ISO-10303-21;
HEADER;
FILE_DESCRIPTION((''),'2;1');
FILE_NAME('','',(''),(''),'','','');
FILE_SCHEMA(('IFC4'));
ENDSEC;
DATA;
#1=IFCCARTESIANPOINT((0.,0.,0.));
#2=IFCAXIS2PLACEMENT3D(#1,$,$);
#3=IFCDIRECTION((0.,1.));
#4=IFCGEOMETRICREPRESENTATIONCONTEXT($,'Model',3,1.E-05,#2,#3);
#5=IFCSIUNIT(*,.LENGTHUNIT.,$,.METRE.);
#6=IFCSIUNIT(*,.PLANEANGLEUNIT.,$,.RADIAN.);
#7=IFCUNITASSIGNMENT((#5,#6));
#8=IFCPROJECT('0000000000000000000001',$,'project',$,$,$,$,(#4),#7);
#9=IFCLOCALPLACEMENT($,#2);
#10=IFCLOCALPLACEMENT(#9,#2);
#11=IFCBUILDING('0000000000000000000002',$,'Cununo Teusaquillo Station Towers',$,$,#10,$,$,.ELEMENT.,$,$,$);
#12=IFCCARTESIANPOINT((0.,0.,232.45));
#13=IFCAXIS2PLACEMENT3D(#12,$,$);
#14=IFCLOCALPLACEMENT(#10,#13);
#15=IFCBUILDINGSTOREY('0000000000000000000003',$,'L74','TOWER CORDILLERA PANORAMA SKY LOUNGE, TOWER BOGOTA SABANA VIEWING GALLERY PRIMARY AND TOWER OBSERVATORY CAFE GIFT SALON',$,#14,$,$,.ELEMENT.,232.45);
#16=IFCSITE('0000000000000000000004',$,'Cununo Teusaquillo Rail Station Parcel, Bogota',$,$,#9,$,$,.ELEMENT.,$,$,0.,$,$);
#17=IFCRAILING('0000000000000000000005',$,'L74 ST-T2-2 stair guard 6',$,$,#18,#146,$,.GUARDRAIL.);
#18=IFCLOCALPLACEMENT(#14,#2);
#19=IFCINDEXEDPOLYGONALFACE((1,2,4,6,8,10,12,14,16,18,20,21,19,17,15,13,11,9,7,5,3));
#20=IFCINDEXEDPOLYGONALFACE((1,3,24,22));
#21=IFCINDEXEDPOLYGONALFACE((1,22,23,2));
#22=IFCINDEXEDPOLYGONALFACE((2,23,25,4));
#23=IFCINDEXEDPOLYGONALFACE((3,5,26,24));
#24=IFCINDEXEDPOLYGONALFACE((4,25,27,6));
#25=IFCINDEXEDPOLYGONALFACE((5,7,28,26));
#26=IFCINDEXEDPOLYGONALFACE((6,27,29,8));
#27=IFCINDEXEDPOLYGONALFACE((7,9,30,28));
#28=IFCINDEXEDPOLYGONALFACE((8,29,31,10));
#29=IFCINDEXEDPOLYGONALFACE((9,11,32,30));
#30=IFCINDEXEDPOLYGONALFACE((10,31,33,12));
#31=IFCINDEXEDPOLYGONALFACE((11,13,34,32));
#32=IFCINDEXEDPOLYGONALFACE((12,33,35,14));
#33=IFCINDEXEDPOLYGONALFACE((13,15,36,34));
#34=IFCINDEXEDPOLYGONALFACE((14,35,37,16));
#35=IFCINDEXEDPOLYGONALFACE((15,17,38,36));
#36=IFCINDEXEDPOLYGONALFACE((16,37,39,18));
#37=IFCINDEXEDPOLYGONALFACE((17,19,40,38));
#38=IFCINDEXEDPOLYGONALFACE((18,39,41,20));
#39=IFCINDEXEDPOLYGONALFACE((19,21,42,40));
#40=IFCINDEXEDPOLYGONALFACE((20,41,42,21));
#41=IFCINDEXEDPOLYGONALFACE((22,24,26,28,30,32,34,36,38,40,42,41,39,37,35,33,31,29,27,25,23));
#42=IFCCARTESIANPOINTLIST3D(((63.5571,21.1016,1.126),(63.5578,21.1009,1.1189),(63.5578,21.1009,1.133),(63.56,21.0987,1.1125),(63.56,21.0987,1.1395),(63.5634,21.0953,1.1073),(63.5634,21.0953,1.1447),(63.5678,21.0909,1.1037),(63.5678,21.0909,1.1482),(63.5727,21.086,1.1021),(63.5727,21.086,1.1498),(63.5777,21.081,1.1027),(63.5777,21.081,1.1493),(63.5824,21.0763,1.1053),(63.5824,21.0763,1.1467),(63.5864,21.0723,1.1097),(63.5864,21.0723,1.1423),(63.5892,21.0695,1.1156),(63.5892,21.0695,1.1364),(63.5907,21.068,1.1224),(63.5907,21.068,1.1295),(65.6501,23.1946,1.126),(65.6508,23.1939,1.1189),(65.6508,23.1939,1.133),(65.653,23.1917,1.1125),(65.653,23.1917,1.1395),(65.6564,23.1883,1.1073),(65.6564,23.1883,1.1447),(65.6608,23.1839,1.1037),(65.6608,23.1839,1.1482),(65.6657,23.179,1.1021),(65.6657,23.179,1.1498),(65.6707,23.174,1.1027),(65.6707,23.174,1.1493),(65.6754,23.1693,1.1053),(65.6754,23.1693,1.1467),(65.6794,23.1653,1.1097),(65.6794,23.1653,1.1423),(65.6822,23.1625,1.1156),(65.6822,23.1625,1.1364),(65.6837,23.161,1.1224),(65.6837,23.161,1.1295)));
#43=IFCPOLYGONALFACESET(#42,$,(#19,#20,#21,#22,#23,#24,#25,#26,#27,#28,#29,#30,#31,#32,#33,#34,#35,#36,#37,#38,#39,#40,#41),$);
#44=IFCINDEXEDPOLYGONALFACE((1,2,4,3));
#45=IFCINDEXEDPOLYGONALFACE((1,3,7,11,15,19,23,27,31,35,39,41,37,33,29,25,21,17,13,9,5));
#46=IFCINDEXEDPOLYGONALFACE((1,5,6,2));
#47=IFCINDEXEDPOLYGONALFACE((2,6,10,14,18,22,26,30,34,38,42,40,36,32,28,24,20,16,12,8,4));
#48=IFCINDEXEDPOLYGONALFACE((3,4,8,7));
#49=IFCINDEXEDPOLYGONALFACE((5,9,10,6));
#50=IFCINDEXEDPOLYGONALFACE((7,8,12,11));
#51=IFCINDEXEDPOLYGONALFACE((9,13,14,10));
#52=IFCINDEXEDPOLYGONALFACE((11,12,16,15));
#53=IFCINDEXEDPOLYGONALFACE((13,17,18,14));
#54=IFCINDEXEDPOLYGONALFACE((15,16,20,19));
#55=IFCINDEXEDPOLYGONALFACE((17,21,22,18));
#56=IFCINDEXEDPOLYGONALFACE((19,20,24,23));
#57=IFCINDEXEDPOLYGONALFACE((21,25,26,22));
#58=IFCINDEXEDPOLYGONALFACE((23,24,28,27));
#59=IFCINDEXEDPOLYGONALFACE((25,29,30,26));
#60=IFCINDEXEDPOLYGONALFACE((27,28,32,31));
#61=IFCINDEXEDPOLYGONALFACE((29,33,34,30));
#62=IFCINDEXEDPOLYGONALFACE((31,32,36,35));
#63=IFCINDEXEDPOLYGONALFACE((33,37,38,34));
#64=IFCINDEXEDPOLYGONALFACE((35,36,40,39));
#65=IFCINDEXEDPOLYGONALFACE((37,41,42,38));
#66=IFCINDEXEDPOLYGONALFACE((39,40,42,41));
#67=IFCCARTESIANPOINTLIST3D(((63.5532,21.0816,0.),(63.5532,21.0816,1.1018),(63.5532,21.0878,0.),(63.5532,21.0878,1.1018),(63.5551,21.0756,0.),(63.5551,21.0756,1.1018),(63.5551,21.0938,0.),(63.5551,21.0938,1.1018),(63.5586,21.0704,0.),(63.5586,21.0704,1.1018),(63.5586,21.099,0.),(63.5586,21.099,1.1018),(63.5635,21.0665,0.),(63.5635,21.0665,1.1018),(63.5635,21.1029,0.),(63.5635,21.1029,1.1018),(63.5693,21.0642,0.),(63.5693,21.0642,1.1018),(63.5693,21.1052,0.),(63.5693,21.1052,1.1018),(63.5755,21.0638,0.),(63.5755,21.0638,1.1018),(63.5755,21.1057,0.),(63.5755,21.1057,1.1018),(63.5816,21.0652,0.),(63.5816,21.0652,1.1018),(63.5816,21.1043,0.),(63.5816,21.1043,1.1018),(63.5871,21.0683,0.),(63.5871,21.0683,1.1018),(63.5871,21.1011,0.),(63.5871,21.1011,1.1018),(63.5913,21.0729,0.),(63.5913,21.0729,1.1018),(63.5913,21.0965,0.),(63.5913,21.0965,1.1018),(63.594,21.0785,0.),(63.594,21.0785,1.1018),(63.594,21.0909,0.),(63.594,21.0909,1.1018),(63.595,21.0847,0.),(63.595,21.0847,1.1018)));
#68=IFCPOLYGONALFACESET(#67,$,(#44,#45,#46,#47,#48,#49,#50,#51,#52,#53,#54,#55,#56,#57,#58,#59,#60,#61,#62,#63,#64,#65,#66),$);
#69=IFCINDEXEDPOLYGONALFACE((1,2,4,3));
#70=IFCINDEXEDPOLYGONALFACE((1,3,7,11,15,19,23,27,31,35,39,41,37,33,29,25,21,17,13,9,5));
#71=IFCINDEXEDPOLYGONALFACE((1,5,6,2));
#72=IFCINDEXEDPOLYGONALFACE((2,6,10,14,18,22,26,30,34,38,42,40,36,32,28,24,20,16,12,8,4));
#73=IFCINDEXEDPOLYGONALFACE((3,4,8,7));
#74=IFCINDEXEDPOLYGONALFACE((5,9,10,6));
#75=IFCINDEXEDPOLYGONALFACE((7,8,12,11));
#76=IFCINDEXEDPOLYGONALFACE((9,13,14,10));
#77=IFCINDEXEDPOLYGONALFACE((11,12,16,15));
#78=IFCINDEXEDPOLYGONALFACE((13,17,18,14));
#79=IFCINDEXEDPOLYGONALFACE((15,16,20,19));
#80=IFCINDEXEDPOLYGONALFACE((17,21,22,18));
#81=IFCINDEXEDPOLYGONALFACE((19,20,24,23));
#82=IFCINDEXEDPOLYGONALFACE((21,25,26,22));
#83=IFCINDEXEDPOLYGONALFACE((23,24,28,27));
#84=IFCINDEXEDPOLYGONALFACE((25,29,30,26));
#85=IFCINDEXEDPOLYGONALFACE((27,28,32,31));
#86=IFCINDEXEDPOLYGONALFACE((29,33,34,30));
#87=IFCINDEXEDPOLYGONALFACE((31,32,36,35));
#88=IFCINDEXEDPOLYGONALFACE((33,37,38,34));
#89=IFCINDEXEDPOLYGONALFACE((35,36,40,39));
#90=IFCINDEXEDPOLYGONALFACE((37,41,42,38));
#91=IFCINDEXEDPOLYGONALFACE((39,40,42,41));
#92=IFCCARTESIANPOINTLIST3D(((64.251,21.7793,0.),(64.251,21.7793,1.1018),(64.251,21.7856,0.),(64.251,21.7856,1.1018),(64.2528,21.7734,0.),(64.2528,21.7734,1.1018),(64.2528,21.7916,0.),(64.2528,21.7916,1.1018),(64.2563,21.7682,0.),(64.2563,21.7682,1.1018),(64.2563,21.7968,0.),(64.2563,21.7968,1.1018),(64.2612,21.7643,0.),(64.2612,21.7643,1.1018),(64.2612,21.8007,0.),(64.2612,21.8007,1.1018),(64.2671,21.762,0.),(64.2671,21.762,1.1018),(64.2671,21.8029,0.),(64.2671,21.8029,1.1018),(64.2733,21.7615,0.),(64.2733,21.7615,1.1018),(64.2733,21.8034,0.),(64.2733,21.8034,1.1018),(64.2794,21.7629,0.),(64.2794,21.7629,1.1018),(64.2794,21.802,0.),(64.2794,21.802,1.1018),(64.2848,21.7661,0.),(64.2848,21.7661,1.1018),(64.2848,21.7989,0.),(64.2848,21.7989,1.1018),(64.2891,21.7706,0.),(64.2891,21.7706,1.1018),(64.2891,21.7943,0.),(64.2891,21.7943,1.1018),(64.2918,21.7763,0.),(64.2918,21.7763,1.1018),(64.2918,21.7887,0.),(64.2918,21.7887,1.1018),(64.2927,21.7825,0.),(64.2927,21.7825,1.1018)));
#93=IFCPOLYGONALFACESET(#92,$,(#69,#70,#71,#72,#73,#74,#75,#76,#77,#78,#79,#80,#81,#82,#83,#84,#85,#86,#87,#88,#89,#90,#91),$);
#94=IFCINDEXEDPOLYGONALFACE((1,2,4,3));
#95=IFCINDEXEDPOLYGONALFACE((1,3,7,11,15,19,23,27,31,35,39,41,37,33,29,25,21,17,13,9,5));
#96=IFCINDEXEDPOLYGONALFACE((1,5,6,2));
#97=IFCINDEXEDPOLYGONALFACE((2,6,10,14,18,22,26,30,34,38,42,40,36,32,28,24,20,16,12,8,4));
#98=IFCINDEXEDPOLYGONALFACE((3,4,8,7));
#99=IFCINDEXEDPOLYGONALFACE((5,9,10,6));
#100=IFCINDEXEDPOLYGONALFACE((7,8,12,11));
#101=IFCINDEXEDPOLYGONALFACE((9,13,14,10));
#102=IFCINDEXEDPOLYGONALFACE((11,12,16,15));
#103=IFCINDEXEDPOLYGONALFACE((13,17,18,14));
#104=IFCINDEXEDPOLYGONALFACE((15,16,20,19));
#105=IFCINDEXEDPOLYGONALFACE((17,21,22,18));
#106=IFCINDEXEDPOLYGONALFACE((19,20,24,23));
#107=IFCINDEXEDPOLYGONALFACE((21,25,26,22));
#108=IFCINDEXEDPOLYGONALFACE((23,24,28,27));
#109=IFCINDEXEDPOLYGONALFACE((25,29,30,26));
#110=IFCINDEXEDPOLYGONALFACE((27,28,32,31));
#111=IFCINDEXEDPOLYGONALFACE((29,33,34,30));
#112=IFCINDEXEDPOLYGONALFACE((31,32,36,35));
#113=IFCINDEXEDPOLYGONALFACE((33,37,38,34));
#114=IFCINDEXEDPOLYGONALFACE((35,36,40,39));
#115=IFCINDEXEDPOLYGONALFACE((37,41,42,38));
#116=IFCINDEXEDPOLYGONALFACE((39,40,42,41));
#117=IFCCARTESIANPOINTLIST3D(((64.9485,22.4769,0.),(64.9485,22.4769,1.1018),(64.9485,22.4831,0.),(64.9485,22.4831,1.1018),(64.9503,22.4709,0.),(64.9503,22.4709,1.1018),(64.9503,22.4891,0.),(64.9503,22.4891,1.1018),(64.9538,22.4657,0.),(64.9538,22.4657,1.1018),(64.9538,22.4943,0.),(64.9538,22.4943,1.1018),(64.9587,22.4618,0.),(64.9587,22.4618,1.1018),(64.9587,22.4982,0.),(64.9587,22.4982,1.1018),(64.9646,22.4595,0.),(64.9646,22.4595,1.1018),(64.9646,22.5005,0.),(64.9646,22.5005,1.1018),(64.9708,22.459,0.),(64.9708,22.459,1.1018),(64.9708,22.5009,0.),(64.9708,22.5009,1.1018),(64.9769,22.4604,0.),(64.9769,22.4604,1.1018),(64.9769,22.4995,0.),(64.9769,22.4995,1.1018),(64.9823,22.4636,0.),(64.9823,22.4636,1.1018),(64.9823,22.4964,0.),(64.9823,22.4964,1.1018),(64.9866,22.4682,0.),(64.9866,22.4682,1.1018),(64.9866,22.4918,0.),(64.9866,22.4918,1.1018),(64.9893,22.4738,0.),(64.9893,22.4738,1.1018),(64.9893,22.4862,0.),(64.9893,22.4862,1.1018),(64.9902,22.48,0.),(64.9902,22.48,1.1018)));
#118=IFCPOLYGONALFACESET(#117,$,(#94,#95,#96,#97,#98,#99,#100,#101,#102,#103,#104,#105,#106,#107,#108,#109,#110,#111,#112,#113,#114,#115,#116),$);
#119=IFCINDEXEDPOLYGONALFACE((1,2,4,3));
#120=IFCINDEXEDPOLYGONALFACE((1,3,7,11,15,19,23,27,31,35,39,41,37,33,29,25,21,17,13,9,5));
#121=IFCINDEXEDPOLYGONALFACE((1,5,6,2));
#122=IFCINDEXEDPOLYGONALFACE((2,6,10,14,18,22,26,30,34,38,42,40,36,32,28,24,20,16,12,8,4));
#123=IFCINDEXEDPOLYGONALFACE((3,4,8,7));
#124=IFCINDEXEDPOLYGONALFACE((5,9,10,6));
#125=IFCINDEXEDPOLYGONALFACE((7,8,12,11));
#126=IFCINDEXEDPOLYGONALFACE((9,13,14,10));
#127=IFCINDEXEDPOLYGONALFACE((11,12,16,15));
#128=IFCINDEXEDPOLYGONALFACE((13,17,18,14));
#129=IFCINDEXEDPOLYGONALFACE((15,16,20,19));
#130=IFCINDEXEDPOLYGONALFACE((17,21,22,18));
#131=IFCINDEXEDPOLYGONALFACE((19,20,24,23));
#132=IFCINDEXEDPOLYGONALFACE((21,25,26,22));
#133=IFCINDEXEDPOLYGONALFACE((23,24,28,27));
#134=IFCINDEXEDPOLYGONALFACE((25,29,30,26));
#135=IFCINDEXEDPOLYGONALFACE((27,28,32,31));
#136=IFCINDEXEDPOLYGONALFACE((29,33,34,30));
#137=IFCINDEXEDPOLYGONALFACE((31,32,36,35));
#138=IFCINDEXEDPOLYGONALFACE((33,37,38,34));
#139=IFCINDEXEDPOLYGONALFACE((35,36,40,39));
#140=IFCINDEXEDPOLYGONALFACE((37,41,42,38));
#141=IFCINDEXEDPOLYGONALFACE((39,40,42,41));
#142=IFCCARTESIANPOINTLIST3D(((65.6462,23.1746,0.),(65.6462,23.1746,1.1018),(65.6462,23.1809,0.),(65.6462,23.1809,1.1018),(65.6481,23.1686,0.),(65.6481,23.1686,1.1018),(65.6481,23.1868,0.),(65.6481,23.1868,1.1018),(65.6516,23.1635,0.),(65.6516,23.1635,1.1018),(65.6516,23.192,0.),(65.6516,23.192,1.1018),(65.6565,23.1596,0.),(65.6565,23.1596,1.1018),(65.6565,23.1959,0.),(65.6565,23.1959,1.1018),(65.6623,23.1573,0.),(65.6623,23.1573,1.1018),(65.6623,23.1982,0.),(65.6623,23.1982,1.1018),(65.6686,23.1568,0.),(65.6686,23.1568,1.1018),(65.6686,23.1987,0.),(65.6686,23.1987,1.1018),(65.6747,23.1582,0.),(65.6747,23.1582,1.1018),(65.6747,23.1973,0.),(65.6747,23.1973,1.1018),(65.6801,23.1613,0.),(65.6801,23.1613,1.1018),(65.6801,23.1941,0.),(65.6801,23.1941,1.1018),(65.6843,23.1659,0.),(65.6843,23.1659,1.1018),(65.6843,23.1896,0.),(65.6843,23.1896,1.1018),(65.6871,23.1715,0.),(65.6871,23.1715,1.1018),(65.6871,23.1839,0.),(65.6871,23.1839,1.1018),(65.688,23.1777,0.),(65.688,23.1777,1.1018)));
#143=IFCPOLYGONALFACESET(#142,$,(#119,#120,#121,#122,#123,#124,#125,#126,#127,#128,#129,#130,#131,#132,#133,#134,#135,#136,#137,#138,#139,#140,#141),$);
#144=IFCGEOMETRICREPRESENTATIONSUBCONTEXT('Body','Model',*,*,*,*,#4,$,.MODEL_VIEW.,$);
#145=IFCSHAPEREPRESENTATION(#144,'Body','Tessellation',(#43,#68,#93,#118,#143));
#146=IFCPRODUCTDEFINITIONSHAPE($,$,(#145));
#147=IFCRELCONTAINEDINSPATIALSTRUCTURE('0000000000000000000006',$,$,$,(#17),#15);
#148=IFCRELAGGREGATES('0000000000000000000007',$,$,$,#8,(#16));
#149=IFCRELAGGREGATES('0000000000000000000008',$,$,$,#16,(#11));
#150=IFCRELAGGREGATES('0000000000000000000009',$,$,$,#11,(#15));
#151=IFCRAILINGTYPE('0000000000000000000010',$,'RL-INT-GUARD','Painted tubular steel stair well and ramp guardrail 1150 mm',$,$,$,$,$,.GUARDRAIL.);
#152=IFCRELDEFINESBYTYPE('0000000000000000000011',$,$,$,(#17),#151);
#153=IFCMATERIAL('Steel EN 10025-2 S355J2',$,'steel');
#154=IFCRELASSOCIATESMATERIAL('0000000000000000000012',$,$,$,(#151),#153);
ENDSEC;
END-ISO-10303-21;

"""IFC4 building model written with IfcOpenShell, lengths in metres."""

from ifc_helpers import new_model, si_unit, direction, frame, origin, origin_2d, place, context, subcontext, project, spatial, circle, extrude, material, type_object, element, save


model = new_model("IFC4")

# Units and contexts
model_context = context("Model", 3, precision=1e-05, world=origin(), true_north=direction((0.0, 1.0)))
body_context = subcontext(model_context, "Body", "Model", "MODEL_VIEW")
ifc_project = project(units=[si_unit("LENGTHUNIT", "METRE"), si_unit("PLANEANGLEUNIT", "RADIAN")], contexts=[model_context])

# Site, building, storey
site_placement = place(None, origin())
site = spatial("IfcSite", under=ifc_project, at=site_placement, Name="Cununo Teusaquillo Rail Station Parcel, Bogota", CompositionType="ELEMENT", RefElevation=0.0)
building_placement = place(site_placement, origin())
building = spatial("IfcBuilding", under=site, at=building_placement, Name="Cununo Teusaquillo Station Towers", CompositionType="ELEMENT")
storey_placement = place(building_placement, frame((0.0, 0.0, 232.45)))
storey = spatial("IfcBuildingStorey", under=building, at=storey_placement, Name="L74", Description="TOWER CORDILLERA PANORAMA SKY LOUNGE, TOWER BOGOTA SABANA VIEWING GALLERY PRIMARY AND TOWER OBSERVATORY CAFE GIFT SALON", CompositionType="ELEMENT", Elevation=232.45)

# Railing
ifc_material_1 = material(Name="Steel EN 10025-2 S355J2", Category="steel")
railing_type = type_object("IfcRailingType", Name="RL-INT-GUARD", Description="Painted tubular steel stair well and ramp guardrail 1150 mm", PredefinedType="GUARDRAIL", material=ifc_material_1)
railing_1_placement = place(storey_placement, frame((63.574, 21.0847, 0.0)))
element("IfcRailing", 1, at=railing_1_placement, inside=storey, type_object=railing_type, Name="L74 ST-T2-2 stair guard 6", PredefinedType="GUARDRAIL", context=body_context, shape_type="SweptSolid", body=[
    extrude(circle(Radius=0.0239, at=origin_2d()), frame((0.0, 0.0, 1.126), z_axis=(0.707107, 0.707107, 0.0), x_axis=(-0.707107, 0.707107, 0.0)), (0.0, 0.0, 1.0), 2.96),
    extrude(circle(Radius=0.021, at=origin_2d()), origin(), (0.0, 0.0, 1.0), 1.1018),
    extrude(circle(Radius=0.021, at=origin_2d()), frame((0.6978, 0.6978, 0.0)), (0.0, 0.0, 1.0), 1.1018),
    extrude(circle(Radius=0.021, at=origin_2d()), frame((1.3953, 1.3953, 0.0)), (0.0, 0.0, 1.0), 1.1018),
    extrude(circle(Radius=0.021, at=origin_2d()), frame((2.093, 2.093, 0.0)), (0.0, 0.0, 1.0), 1.1018),
])

save(model, "model.ifc")
